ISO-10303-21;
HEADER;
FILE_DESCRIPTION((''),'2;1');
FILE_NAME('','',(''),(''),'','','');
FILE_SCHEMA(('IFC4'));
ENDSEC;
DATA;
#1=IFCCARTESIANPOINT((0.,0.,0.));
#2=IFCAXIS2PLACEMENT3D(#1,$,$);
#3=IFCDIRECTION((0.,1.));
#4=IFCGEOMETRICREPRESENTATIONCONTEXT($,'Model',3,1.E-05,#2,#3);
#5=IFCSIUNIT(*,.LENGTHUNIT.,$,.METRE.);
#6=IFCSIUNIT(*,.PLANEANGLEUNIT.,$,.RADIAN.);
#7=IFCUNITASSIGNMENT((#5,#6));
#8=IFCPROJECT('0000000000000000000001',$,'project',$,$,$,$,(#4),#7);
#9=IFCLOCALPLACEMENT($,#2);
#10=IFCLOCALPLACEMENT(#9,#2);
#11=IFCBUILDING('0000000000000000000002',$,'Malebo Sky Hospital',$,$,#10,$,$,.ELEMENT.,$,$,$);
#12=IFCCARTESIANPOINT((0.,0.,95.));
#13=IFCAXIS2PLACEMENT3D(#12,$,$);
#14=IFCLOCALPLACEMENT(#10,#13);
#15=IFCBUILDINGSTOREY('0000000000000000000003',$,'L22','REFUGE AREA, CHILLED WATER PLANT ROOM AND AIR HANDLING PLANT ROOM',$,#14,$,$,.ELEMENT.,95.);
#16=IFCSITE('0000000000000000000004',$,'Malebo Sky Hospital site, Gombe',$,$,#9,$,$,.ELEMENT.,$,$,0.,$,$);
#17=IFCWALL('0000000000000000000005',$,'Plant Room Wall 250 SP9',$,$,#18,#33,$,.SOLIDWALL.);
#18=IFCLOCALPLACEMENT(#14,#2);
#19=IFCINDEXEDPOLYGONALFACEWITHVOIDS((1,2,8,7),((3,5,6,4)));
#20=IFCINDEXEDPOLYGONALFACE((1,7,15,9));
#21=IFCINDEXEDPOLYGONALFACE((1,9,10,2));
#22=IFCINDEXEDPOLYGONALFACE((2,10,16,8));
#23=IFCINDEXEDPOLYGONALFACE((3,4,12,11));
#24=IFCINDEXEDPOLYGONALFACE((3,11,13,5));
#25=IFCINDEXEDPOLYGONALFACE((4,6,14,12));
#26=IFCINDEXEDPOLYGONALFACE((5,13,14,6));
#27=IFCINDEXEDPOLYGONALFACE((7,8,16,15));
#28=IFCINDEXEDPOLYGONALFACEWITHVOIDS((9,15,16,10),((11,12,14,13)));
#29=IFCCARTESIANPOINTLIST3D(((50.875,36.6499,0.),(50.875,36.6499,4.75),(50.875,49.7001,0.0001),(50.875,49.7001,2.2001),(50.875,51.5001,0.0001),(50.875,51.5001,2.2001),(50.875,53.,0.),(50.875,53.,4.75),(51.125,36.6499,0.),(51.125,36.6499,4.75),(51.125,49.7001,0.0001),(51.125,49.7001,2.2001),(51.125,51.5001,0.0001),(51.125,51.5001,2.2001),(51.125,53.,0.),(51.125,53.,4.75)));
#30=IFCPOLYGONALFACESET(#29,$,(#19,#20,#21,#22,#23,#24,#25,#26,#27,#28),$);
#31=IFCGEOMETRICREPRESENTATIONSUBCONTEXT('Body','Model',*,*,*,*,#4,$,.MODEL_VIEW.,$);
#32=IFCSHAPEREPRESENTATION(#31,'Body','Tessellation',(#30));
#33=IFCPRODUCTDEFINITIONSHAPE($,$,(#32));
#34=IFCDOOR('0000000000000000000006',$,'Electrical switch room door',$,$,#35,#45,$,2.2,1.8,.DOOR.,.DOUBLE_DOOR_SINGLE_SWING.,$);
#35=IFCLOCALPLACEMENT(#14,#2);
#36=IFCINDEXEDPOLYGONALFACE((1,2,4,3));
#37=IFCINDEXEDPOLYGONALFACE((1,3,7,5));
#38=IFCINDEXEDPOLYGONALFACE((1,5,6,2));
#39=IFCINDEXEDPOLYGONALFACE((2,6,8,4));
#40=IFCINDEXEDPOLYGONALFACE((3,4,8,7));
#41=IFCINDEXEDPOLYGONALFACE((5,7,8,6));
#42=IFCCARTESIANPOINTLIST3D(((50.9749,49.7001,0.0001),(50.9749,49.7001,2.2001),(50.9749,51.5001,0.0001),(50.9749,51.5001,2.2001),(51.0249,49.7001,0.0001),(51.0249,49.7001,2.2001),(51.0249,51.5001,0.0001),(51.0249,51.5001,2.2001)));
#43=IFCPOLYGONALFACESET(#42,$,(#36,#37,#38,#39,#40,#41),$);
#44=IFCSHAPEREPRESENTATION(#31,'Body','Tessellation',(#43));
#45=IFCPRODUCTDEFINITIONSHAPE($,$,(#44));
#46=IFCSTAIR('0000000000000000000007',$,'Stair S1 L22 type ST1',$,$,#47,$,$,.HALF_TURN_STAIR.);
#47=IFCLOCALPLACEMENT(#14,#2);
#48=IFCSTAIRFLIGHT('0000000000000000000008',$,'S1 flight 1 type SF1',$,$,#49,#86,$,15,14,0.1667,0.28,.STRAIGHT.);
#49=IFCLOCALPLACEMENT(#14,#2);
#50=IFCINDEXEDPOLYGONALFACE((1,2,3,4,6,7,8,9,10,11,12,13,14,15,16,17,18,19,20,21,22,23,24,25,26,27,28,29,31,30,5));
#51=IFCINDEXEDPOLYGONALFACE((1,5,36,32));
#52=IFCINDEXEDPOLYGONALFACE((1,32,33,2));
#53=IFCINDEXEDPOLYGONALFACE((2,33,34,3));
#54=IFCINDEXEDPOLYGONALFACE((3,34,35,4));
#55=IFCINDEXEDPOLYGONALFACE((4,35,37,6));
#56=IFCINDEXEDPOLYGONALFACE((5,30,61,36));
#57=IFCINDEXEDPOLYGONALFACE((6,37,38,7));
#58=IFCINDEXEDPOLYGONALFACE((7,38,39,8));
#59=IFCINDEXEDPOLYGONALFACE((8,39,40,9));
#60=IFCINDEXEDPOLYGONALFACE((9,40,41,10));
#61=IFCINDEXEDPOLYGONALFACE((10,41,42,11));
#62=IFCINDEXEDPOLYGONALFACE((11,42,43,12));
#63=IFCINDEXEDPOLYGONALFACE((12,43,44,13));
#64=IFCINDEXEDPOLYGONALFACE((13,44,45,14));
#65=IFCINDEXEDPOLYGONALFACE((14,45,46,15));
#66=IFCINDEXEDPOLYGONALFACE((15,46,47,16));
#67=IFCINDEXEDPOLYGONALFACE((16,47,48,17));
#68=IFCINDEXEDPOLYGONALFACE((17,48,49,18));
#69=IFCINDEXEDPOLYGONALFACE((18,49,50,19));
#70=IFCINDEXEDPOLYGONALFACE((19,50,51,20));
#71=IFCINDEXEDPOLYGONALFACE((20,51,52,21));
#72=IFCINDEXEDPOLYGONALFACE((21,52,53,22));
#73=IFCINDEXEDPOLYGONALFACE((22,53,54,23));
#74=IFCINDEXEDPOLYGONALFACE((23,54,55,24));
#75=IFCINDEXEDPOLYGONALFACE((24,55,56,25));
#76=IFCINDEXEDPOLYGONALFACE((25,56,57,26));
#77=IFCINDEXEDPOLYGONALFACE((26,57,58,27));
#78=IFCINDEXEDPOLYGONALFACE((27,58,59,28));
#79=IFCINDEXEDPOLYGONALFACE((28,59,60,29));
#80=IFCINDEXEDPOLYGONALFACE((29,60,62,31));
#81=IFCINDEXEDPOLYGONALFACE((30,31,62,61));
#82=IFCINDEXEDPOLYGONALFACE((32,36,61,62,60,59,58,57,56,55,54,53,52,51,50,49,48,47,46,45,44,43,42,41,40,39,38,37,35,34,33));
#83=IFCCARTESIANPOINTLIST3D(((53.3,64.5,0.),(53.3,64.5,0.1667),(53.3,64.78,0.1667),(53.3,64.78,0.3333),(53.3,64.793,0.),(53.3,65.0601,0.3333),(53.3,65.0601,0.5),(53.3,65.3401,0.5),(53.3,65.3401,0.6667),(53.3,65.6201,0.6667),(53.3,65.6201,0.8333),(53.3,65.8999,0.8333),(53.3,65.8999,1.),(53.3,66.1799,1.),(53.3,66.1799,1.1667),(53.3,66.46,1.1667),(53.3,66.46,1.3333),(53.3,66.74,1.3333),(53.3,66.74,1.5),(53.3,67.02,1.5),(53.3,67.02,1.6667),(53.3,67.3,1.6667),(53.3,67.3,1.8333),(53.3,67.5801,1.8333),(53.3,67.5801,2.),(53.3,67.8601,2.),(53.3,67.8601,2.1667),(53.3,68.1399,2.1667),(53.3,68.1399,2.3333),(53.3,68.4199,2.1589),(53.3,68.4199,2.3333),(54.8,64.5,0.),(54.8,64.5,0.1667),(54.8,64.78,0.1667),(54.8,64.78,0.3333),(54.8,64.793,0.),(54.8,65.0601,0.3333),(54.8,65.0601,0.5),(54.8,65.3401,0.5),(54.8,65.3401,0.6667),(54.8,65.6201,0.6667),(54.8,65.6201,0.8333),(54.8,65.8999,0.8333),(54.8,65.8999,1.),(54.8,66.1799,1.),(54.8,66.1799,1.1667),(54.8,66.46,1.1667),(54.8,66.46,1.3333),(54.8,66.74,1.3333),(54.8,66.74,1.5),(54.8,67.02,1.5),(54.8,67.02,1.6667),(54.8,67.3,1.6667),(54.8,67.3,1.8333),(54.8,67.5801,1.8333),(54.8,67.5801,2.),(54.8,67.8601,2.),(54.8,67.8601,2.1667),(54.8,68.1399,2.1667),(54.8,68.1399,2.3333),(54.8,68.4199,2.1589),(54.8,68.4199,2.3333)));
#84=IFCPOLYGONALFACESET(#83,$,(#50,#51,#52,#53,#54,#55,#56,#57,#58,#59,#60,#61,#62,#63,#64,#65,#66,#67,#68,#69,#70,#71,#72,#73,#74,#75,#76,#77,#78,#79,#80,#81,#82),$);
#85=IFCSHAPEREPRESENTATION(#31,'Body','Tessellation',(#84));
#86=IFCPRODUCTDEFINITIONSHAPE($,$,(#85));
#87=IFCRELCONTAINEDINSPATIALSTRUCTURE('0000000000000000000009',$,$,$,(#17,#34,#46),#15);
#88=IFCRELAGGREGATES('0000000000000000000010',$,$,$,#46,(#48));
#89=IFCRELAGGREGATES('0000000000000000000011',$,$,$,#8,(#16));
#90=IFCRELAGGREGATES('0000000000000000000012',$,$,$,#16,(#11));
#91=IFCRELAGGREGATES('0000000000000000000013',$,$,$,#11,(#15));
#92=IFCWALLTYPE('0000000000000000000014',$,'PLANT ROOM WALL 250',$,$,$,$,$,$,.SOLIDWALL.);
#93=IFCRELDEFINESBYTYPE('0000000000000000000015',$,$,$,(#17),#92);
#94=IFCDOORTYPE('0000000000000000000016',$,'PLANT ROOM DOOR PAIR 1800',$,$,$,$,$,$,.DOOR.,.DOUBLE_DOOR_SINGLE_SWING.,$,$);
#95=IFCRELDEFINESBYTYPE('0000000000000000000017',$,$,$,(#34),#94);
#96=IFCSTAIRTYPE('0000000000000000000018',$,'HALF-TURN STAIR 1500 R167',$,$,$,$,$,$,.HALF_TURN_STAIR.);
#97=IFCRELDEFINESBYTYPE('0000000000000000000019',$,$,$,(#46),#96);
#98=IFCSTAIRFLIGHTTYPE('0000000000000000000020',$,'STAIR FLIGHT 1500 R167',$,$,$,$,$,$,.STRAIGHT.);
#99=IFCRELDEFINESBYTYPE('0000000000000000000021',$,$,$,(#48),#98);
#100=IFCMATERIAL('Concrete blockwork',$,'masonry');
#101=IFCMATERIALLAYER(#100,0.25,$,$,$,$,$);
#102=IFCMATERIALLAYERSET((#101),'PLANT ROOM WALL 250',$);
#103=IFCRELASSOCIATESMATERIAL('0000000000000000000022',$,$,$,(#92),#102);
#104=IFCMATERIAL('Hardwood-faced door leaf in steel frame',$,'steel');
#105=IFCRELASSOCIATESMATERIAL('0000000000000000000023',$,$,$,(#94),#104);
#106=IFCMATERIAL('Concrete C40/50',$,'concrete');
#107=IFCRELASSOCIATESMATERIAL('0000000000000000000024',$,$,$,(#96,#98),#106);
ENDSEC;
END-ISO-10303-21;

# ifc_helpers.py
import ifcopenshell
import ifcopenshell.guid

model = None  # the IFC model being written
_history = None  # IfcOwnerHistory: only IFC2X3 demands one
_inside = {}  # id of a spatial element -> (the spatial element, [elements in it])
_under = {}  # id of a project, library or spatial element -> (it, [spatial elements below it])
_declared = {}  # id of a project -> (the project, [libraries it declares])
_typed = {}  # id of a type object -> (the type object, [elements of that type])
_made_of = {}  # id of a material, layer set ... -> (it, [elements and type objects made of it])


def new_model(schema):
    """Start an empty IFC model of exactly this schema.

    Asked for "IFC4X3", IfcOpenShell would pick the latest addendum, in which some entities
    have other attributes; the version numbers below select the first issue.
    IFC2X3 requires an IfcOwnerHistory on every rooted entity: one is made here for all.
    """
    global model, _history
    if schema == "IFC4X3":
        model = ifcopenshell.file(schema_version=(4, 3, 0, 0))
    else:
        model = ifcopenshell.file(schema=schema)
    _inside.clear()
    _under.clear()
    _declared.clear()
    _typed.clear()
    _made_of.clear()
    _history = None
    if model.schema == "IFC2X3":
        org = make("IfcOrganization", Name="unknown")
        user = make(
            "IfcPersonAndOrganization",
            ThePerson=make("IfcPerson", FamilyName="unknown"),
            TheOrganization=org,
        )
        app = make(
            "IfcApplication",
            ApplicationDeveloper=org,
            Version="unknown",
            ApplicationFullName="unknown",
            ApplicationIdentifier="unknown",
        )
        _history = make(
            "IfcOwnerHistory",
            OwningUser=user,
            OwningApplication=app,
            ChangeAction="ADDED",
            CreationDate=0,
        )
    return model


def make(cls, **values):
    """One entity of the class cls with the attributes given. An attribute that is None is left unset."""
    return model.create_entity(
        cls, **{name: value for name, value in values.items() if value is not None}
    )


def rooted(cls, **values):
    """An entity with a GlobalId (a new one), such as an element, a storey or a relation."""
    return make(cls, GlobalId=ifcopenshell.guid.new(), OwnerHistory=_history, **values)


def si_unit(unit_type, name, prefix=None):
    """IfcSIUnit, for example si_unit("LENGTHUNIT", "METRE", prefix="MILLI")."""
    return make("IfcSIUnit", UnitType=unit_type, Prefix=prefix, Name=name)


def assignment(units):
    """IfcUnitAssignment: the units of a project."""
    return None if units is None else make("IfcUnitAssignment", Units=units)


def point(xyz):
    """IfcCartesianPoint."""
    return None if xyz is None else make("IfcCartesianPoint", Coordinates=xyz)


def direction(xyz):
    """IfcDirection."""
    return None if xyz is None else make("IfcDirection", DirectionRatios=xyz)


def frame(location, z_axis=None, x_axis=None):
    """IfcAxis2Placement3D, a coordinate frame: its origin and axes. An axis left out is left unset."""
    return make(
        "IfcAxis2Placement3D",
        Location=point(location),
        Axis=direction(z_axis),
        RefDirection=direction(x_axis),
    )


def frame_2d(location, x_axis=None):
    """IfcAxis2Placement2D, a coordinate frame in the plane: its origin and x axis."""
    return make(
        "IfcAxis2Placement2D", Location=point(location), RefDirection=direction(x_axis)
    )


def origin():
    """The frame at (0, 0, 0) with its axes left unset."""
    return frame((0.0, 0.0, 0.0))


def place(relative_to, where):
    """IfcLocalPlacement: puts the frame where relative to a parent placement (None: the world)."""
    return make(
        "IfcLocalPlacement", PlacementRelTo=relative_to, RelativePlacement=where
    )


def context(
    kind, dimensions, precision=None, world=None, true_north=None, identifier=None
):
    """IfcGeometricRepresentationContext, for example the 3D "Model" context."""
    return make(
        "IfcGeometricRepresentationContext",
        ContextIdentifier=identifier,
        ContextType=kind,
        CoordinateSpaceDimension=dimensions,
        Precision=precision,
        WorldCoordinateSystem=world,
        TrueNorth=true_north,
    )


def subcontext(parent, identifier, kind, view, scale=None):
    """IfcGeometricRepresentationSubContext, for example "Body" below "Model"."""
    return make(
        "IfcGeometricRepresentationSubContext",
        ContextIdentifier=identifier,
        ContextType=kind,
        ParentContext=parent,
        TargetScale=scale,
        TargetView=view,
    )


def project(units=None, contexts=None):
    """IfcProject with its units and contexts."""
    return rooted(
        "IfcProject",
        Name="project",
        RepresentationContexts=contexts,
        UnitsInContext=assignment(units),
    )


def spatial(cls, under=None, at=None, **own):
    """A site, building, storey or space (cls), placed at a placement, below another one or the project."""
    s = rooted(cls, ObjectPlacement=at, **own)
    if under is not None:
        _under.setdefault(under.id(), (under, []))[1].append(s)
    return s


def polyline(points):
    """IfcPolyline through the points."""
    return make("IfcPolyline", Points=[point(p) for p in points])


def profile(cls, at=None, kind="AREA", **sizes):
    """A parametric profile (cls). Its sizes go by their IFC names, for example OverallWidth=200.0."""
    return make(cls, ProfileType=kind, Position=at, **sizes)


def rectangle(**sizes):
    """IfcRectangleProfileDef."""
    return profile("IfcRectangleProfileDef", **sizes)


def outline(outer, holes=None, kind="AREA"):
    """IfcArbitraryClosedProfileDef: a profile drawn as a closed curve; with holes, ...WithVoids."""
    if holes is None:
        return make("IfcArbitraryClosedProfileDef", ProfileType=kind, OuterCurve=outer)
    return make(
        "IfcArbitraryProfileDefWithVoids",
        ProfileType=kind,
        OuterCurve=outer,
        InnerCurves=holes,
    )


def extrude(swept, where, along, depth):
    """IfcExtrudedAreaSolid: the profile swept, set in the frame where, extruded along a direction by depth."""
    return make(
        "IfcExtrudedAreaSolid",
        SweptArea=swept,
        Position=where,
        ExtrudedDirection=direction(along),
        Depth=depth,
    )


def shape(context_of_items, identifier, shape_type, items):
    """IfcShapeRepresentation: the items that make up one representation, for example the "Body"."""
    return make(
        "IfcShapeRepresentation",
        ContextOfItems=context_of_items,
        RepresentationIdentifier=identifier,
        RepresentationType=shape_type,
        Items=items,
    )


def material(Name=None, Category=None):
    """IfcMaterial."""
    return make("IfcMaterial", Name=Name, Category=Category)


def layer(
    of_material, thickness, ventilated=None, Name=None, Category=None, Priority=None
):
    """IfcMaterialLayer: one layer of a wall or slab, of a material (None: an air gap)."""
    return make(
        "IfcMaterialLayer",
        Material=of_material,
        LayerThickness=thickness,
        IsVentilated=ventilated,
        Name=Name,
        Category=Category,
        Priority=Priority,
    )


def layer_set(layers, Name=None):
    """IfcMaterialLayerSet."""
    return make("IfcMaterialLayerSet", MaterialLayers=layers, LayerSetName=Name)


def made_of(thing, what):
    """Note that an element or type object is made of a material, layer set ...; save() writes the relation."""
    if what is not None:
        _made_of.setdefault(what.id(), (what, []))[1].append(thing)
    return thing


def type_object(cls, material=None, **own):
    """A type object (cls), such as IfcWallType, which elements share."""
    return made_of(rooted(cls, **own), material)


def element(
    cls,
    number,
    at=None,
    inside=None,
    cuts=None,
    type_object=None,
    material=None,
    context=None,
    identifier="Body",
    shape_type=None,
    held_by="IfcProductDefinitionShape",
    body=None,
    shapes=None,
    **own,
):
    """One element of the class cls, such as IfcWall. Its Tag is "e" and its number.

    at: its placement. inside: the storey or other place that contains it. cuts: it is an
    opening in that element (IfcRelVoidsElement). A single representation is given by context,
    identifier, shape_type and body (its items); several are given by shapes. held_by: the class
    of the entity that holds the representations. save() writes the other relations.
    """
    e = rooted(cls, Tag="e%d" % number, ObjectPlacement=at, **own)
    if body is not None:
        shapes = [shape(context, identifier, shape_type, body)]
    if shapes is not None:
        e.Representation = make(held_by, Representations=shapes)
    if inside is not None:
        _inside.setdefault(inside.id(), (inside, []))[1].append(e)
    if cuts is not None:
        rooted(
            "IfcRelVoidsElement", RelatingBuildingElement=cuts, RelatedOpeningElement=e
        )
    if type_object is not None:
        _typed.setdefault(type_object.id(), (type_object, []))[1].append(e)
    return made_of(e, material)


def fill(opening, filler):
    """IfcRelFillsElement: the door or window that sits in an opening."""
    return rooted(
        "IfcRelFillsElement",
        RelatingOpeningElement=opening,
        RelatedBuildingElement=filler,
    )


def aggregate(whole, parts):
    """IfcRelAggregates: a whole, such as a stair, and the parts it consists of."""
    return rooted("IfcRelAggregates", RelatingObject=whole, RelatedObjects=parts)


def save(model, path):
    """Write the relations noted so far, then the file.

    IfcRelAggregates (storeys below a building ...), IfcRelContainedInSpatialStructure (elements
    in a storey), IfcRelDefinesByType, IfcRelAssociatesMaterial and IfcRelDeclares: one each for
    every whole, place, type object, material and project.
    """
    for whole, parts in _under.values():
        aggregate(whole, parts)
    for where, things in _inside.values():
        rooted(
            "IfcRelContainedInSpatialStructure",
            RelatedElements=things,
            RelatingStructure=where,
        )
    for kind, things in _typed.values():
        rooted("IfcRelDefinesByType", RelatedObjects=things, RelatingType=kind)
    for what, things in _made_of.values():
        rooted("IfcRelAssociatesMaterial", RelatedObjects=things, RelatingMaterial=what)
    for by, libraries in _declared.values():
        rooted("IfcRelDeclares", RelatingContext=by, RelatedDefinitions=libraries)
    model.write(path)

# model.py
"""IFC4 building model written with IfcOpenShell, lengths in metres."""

from ifc_helpers import new_model, si_unit, direction, frame, frame_2d, origin, place, context, subcontext, project, spatial, polyline, rectangle, outline, extrude, material, layer, layer_set, type_object, element, fill, aggregate, save


model = new_model("IFC4")

# Units and contexts
model_context = context("Model", 3, precision=1e-05, world=origin(), true_north=direction((0.0, 1.0)))
body_context = subcontext(model_context, "Body", "Model", "MODEL_VIEW")
ifc_project = project(units=[si_unit("LENGTHUNIT", "METRE"), si_unit("PLANEANGLEUNIT", "RADIAN")], contexts=[model_context])

# Site, building, storey
site_placement = place(None, origin())
site = spatial("IfcSite", under=ifc_project, at=site_placement, Name="Malebo Sky Hospital site, Gombe", CompositionType="ELEMENT", RefElevation=0.0)
building_placement = place(site_placement, origin())
building = spatial("IfcBuilding", under=site, at=building_placement, Name="Malebo Sky Hospital", CompositionType="ELEMENT")
storey_placement = place(building_placement, frame((0.0, 0.0, 95.0)))
storey = spatial("IfcBuildingStorey", under=building, at=storey_placement, Name="L22", Description="REFUGE AREA, CHILLED WATER PLANT ROOM AND AIR HANDLING PLANT ROOM", CompositionType="ELEMENT", Elevation=95.0)

# Shared definitions
ifc_material_1 = material(Name="Hardwood-faced door leaf in steel frame", Category="steel")

# Wall, opening, door
ifc_material_2 = material(Name="Concrete blockwork", Category="masonry")
ifc_layer_1 = layer(ifc_material_2, 0.25)
ifc_layer_set_1 = layer_set([ifc_layer_1], Name="PLANT ROOM WALL 250")
wall_type_1 = type_object("IfcWallType", Name="PLANT ROOM WALL 250", PredefinedType="SOLIDWALL", material=ifc_layer_set_1)
door_type_1 = type_object("IfcDoorType", Name="PLANT ROOM DOOR PAIR 1800", OperationType="DOUBLE_DOOR_SINGLE_SWING", PredefinedType="DOOR", material=ifc_material_1)
wall_1_placement = place(storey_placement, frame((51.0, 53.0, 0.0), z_axis=(0.0, 0.0, 1.0), x_axis=(0.0, -1.0, 0.0)))
wall_1 = element("IfcWall", 1, at=wall_1_placement, inside=storey, type_object=wall_type_1, Name="Plant Room Wall 250 SP9", PredefinedType="SOLIDWALL", context=body_context, shape_type="SweptSolid", body=[
    extrude(rectangle(XDim=16.3501, YDim=0.25, at=frame_2d((8.175, 0.0))), origin(), (0.0, 0.0, 1.0), 4.75),
])
opening_1_placement = place(wall_1_placement, frame((1.5, 0.0, 0.0)))
opening_1 = element("IfcOpeningElement", 2, at=opening_1_placement, cuts=wall_1, PredefinedType="OPENING", context=body_context, shape_type="SweptSolid", body=[
    extrude(rectangle(XDim=1.8, YDim=2.2, at=frame_2d((0.8999, 1.1001))), frame((0.0, 0.135, 0.0), z_axis=(0.0, -1.0, 0.0), x_axis=(1.0, 0.0, 0.0)), (0.0, 0.0, 1.0), 0.27),
])
door_1_placement = place(opening_1_placement, origin())
door_1 = element("IfcDoor", 3, at=door_1_placement, inside=storey, type_object=door_type_1, Name="Electrical switch room door", OperationType="DOUBLE_DOOR_SINGLE_SWING", OverallHeight=2.2, OverallWidth=1.8, PredefinedType="DOOR", context=body_context, shape_type="SweptSolid", body=[
    extrude(rectangle(XDim=1.8, YDim=2.2, at=frame_2d((0.8999, 1.1001))), frame((0.0, 0.0249, 0.0), z_axis=(0.0, -1.0, 0.0), x_axis=(1.0, 0.0, 0.0)), (0.0, 0.0, 1.0), 0.05),
])
fill(opening_1, door_1)

# Stair, stair flight
ifc_material_3 = material(Name="Concrete C40/50", Category="concrete")
stair_type = type_object("IfcStairType", Name="HALF-TURN STAIR 1500 R167", PredefinedType="HALF_TURN_STAIR", material=ifc_material_3)
stair_placement = place(storey_placement, origin())
stair = element("IfcStair", 4, at=stair_placement, inside=storey, type_object=stair_type, Name="Stair S1 L22 type ST1", PredefinedType="HALF_TURN_STAIR")
stair_flight_type = type_object("IfcStairFlightType", Name="STAIR FLIGHT 1500 R167", PredefinedType="STRAIGHT", material=ifc_material_3)
stair_flight_placement = place(storey_placement, frame((54.05, 64.5, 0.0), z_axis=(0.0, 0.0, 1.0), x_axis=(0.0, 1.0, 0.0)))
stair_flight = element("IfcStairFlight", 5, at=stair_flight_placement, type_object=stair_flight_type, Name="S1 flight 1 type SF1", NumberOfRisers=15, NumberOfTreads=14, PredefinedType="STRAIGHT", RiserHeight=0.1667, TreadLength=0.28, context=body_context, shape_type="SweptSolid", body=[
    extrude(outline(polyline([(0.0, 0.0), (0.0, 0.1667), (0.28, 0.1667), (0.28, 0.3333), (0.5601, 0.3333), (0.5601, 0.5), (0.8401, 0.5), (0.8401, 0.6667), (1.1201, 0.6667), (1.1201, 0.8333), (1.3999, 0.8333), (1.3999, 1.0), (1.6799, 1.0), (1.6799, 1.1667), (1.96, 1.1667), (1.96, 1.3333), (2.24, 1.3333), (2.24, 1.5), (2.52, 1.5), (2.52, 1.6667), (2.8, 1.6667), (2.8, 1.8333), (3.0801, 1.8333), (3.0801, 2.0), (3.3601, 2.0), (3.3601, 2.1667), (3.6399, 2.1667), (3.6399, 2.3333), (3.9199, 2.3333), (3.9199, 2.5), (3.9199, 2.1589), (0.293, 0.0), (0.0, 0.0)])), frame((0.0, 0.75, 0.0), z_axis=(0.0, -1.0, 0.0), x_axis=(1.0, 0.0, 0.0)), (0.0, 0.0, 1.0), 1.5),
])
aggregate(stair, [stair_flight])

save(model, "model.ifc")
